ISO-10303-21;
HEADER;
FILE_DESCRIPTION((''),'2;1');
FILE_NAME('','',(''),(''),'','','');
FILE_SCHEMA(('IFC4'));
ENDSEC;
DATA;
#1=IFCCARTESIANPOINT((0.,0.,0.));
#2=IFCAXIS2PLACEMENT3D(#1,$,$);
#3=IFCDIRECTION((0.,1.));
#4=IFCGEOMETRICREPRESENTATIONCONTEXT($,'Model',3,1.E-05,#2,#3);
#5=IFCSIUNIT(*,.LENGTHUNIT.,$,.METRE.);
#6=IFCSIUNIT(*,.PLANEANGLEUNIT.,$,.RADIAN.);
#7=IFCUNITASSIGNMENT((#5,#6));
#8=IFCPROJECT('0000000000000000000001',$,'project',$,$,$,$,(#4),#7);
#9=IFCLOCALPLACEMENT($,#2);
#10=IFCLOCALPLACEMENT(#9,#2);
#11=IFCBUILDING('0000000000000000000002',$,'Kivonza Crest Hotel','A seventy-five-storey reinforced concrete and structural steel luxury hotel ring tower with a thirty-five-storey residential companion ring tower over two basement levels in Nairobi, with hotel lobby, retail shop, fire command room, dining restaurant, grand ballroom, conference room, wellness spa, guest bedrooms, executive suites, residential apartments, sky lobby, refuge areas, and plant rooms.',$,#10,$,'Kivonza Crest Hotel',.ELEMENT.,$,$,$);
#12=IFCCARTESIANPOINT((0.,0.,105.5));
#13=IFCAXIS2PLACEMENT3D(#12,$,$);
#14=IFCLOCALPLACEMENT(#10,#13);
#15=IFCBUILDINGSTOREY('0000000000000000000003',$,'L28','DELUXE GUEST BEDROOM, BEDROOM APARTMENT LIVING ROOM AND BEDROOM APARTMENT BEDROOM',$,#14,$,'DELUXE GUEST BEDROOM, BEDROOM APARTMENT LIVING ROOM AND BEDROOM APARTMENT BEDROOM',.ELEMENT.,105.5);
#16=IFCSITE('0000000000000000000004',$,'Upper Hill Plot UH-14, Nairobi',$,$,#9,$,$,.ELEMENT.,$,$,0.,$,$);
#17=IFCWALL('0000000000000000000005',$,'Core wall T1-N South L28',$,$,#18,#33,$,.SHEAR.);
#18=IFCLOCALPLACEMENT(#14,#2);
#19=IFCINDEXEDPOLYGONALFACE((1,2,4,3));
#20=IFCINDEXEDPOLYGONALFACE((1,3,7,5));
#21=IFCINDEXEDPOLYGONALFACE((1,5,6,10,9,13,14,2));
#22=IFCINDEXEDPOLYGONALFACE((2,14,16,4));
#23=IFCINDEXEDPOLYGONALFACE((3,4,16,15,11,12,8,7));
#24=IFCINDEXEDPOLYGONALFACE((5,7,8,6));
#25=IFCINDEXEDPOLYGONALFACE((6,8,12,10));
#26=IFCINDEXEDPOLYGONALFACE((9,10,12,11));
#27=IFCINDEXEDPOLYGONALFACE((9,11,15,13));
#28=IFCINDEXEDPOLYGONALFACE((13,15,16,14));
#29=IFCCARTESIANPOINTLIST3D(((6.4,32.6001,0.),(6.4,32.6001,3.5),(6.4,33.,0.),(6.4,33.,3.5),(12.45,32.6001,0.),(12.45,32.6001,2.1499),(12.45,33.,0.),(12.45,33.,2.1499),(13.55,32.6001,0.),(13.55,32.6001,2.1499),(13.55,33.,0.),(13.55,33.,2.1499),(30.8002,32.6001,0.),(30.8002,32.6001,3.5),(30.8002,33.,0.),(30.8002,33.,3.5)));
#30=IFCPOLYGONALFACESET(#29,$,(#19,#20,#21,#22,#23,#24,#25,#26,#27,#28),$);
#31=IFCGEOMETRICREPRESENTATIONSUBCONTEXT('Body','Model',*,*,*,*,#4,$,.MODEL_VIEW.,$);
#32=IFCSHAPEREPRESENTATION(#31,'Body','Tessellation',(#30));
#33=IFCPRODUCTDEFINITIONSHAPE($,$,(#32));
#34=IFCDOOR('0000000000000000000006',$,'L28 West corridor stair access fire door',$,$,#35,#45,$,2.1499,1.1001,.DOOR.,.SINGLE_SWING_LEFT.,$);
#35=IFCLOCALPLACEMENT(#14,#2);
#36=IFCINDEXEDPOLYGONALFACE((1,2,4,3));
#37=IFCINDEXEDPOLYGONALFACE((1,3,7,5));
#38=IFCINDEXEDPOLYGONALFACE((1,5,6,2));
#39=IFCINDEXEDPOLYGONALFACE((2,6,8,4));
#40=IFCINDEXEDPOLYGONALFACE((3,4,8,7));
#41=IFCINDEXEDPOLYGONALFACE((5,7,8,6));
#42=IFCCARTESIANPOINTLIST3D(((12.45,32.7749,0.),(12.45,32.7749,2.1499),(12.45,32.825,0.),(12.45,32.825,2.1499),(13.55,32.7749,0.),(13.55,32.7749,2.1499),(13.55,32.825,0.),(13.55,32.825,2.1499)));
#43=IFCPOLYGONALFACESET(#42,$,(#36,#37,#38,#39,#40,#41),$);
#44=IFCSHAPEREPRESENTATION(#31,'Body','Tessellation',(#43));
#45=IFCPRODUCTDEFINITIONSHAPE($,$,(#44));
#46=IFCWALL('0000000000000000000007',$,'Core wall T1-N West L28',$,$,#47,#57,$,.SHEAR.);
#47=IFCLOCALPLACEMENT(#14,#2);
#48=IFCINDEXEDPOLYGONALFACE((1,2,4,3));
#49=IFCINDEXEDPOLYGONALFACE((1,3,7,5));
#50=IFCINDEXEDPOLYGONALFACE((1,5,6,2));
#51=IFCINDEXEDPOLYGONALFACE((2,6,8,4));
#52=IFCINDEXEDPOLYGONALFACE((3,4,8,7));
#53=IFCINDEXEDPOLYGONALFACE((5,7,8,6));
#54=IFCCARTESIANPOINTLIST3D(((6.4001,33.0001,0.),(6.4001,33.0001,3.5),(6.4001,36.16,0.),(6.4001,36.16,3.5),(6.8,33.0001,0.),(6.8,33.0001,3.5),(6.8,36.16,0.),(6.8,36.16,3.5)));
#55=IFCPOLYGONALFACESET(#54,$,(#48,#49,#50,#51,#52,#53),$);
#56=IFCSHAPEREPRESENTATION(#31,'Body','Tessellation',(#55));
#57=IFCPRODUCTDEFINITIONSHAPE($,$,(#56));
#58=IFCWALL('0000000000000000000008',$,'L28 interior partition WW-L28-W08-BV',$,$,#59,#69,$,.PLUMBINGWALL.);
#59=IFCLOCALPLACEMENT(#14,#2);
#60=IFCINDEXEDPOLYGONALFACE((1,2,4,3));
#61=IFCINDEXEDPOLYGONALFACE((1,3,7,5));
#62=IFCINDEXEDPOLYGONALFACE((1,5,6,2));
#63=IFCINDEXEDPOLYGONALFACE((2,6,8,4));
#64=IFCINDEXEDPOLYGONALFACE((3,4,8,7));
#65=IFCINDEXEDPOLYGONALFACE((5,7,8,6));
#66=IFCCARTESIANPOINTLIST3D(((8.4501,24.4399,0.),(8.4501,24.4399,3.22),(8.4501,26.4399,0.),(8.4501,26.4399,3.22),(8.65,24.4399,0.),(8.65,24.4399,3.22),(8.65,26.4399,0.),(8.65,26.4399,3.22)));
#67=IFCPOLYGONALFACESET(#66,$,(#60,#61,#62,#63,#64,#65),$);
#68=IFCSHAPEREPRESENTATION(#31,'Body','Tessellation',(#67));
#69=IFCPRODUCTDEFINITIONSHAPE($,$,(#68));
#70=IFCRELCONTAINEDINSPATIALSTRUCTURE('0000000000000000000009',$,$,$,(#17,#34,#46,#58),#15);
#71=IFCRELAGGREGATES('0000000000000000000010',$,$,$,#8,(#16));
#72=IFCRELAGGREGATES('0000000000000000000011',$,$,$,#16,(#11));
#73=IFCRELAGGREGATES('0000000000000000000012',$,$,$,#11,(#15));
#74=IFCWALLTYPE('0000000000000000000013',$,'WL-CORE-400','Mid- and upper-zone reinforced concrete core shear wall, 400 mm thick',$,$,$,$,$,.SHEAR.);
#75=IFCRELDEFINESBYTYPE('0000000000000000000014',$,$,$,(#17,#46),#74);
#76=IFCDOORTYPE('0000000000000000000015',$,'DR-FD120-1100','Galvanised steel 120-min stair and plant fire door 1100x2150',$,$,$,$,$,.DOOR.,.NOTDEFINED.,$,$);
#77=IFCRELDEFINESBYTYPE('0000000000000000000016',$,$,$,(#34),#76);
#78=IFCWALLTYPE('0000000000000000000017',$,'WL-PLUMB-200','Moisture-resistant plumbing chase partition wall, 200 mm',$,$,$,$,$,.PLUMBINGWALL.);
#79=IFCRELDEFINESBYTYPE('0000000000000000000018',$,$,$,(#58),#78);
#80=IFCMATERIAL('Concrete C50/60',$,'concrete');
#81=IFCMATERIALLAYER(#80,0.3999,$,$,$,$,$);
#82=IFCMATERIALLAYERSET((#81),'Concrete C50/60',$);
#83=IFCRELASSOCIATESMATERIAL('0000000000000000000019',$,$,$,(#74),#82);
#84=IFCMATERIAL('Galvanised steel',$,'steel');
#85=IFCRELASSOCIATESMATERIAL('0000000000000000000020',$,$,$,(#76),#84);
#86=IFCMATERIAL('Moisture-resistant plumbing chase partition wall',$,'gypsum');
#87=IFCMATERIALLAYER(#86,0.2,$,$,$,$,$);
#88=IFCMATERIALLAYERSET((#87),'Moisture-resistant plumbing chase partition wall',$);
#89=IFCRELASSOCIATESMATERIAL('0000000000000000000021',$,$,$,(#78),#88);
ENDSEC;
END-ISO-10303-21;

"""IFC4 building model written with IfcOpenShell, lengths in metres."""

from ifc_helpers import new_model, si_unit, direction, frame, frame_2d, origin, place, context, subcontext, project, spatial, rectangle, extrude, material, layer, layer_set, type_object, element, fill, save


model = new_model("IFC4")

# Units and contexts
model_context = context("Model", 3, precision=1e-05, world=origin(), true_north=direction((0.0, 1.0)))
body_context = subcontext(model_context, "Body", "Model", "MODEL_VIEW")
ifc_project = project(units=[si_unit("LENGTHUNIT", "METRE"), si_unit("PLANEANGLEUNIT", "RADIAN")], contexts=[model_context])

# Site, building, storey
site_placement = place(None, origin())
site = spatial("IfcSite", under=ifc_project, at=site_placement, Name="Upper Hill Plot UH-14, Nairobi", CompositionType="ELEMENT", RefElevation=0.0)
building_placement = place(site_placement, origin())
building = spatial("IfcBuilding", under=site, at=building_placement, Name="Kivonza Crest Hotel", Description="A seventy-five-storey reinforced concrete and structural steel luxury hotel ring tower with a thirty-five-storey residential companion ring tower over two basement levels in Nairobi, with hotel lobby, retail shop, fire command room, dining restaurant, grand ballroom, conference room, wellness spa, guest bedrooms, executive suites, residential apartments, sky lobby, refuge areas, and plant rooms.", LongName="Kivonza Crest Hotel", CompositionType="ELEMENT")
storey_placement = place(building_placement, frame((0.0, 0.0, 105.5)))
storey = spatial("IfcBuildingStorey", under=building, at=storey_placement, Name="L28", Description="DELUXE GUEST BEDROOM, BEDROOM APARTMENT LIVING ROOM AND BEDROOM APARTMENT BEDROOM", LongName="DELUXE GUEST BEDROOM, BEDROOM APARTMENT LIVING ROOM AND BEDROOM APARTMENT BEDROOM", CompositionType="ELEMENT", Elevation=105.5)

# Shared definitions
ifc_material_1 = material(Name="Concrete C50/60", Category="concrete")

# Wall, opening, door
ifc_layer_1 = layer(ifc_material_1, 0.3999)
ifc_layer_set_1 = layer_set([ifc_layer_1], Name="Concrete C50/60")
wall_type_1 = type_object("IfcWallType", Name="WL-CORE-400", Description="Mid- and upper-zone reinforced concrete core shear wall, 400 mm thick", PredefinedType="SHEAR", material=ifc_layer_set_1)
wall_1_placement = place(storey_placement, frame((6.3999, 32.8, 0.0), z_axis=(0.0, 0.0, 1.0), x_axis=(1.0, 0.0, 0.0)))
wall_1 = element("IfcWall", 1, at=wall_1_placement, inside=storey, type_object=wall_type_1, Name="Core wall T1-N South L28", PredefinedType="SHEAR", context=body_context, shape_type="SweptSolid", body=[
    extrude(rectangle(XDim=24.4001, YDim=0.3999, at=frame_2d((12.2002, 0.0))), origin(), (0.0, 0.0, 1.0), 3.5),
])
opening_placement = place(wall_1_placement, frame((6.05, 0.0, 0.0)))
opening = element("IfcOpeningElement", 2, at=opening_placement, cuts=wall_1, PredefinedType="OPENING", context=body_context, shape_type="SweptSolid", body=[
    extrude(rectangle(XDim=1.1001, YDim=2.1499, at=frame_2d((0.55, 1.075))), frame((0.0, 0.21, 0.0), z_axis=(0.0, -1.0, 0.0), x_axis=(1.0, 0.0, 0.0)), (0.0, 0.0, 1.0), 0.4199),
])
ifc_material_2 = material(Name="Galvanised steel", Category="steel")
door_type = type_object("IfcDoorType", Name="DR-FD120-1100", Description="Galvanised steel 120-min stair and plant fire door 1100x2150", OperationType="NOTDEFINED", PredefinedType="DOOR", material=ifc_material_2)
door_placement = place(opening_placement, origin())
door = element("IfcDoor", 3, at=door_placement, inside=storey, type_object=door_type, Name="L28 West corridor stair access fire door", OperationType="SINGLE_SWING_LEFT", OverallHeight=2.1499, OverallWidth=1.1001, PredefinedType="DOOR", context=body_context, shape_type="SweptSolid", body=[
    extrude(rectangle(XDim=1.1001, YDim=2.1499, at=frame_2d((0.55, 1.075))), frame((0.0, 0.0249, 0.0), z_axis=(0.0, -1.0, 0.0), x_axis=(1.0, 0.0, 0.0)), (0.0, 0.0, 1.0), 0.05),
])
fill(opening, door)

# Walls
wall_2_placement = place(storey_placement, frame((6.6001, 33.0, 0.0), z_axis=(0.0, 0.0, 1.0), x_axis=(0.0, 1.0, 0.0)))
element("IfcWall", 4, at=wall_2_placement, inside=storey, type_object=wall_type_1, Name="Core wall T1-N West L28", PredefinedType="SHEAR", context=body_context, shape_type="SweptSolid", body=[
    extrude(rectangle(XDim=3.1599, YDim=0.3999, at=frame_2d((1.5801, 0.0))), origin(), (0.0, 0.0, 1.0), 3.5),
])
ifc_material_3 = material(Name="Moisture-resistant plumbing chase partition wall", Category="gypsum")
ifc_layer_2 = layer(ifc_material_3, 0.2)
ifc_layer_set_2 = layer_set([ifc_layer_2], Name="Moisture-resistant plumbing chase partition wall")
wall_type_2 = type_object("IfcWallType", Name="WL-PLUMB-200", Description="Moisture-resistant plumbing chase partition wall, 200 mm", PredefinedType="PLUMBINGWALL", material=ifc_layer_set_2)
wall_3_placement = place(storey_placement, frame((8.55, 24.4399, 0.0), z_axis=(0.0, 0.0, 1.0), x_axis=(0.0, 1.0, 0.0)))
element("IfcWall", 5, at=wall_3_placement, inside=storey, type_object=wall_type_2, Name="L28 interior partition WW-L28-W08-BV", PredefinedType="PLUMBINGWALL", context=body_context, shape_type="SweptSolid", body=[
    extrude(rectangle(XDim=2.0, YDim=0.2, at=frame_2d((1.0, 0.0))), origin(), (0.0, 0.0, 1.0), 3.22),
])

save(model, "model.ifc")
